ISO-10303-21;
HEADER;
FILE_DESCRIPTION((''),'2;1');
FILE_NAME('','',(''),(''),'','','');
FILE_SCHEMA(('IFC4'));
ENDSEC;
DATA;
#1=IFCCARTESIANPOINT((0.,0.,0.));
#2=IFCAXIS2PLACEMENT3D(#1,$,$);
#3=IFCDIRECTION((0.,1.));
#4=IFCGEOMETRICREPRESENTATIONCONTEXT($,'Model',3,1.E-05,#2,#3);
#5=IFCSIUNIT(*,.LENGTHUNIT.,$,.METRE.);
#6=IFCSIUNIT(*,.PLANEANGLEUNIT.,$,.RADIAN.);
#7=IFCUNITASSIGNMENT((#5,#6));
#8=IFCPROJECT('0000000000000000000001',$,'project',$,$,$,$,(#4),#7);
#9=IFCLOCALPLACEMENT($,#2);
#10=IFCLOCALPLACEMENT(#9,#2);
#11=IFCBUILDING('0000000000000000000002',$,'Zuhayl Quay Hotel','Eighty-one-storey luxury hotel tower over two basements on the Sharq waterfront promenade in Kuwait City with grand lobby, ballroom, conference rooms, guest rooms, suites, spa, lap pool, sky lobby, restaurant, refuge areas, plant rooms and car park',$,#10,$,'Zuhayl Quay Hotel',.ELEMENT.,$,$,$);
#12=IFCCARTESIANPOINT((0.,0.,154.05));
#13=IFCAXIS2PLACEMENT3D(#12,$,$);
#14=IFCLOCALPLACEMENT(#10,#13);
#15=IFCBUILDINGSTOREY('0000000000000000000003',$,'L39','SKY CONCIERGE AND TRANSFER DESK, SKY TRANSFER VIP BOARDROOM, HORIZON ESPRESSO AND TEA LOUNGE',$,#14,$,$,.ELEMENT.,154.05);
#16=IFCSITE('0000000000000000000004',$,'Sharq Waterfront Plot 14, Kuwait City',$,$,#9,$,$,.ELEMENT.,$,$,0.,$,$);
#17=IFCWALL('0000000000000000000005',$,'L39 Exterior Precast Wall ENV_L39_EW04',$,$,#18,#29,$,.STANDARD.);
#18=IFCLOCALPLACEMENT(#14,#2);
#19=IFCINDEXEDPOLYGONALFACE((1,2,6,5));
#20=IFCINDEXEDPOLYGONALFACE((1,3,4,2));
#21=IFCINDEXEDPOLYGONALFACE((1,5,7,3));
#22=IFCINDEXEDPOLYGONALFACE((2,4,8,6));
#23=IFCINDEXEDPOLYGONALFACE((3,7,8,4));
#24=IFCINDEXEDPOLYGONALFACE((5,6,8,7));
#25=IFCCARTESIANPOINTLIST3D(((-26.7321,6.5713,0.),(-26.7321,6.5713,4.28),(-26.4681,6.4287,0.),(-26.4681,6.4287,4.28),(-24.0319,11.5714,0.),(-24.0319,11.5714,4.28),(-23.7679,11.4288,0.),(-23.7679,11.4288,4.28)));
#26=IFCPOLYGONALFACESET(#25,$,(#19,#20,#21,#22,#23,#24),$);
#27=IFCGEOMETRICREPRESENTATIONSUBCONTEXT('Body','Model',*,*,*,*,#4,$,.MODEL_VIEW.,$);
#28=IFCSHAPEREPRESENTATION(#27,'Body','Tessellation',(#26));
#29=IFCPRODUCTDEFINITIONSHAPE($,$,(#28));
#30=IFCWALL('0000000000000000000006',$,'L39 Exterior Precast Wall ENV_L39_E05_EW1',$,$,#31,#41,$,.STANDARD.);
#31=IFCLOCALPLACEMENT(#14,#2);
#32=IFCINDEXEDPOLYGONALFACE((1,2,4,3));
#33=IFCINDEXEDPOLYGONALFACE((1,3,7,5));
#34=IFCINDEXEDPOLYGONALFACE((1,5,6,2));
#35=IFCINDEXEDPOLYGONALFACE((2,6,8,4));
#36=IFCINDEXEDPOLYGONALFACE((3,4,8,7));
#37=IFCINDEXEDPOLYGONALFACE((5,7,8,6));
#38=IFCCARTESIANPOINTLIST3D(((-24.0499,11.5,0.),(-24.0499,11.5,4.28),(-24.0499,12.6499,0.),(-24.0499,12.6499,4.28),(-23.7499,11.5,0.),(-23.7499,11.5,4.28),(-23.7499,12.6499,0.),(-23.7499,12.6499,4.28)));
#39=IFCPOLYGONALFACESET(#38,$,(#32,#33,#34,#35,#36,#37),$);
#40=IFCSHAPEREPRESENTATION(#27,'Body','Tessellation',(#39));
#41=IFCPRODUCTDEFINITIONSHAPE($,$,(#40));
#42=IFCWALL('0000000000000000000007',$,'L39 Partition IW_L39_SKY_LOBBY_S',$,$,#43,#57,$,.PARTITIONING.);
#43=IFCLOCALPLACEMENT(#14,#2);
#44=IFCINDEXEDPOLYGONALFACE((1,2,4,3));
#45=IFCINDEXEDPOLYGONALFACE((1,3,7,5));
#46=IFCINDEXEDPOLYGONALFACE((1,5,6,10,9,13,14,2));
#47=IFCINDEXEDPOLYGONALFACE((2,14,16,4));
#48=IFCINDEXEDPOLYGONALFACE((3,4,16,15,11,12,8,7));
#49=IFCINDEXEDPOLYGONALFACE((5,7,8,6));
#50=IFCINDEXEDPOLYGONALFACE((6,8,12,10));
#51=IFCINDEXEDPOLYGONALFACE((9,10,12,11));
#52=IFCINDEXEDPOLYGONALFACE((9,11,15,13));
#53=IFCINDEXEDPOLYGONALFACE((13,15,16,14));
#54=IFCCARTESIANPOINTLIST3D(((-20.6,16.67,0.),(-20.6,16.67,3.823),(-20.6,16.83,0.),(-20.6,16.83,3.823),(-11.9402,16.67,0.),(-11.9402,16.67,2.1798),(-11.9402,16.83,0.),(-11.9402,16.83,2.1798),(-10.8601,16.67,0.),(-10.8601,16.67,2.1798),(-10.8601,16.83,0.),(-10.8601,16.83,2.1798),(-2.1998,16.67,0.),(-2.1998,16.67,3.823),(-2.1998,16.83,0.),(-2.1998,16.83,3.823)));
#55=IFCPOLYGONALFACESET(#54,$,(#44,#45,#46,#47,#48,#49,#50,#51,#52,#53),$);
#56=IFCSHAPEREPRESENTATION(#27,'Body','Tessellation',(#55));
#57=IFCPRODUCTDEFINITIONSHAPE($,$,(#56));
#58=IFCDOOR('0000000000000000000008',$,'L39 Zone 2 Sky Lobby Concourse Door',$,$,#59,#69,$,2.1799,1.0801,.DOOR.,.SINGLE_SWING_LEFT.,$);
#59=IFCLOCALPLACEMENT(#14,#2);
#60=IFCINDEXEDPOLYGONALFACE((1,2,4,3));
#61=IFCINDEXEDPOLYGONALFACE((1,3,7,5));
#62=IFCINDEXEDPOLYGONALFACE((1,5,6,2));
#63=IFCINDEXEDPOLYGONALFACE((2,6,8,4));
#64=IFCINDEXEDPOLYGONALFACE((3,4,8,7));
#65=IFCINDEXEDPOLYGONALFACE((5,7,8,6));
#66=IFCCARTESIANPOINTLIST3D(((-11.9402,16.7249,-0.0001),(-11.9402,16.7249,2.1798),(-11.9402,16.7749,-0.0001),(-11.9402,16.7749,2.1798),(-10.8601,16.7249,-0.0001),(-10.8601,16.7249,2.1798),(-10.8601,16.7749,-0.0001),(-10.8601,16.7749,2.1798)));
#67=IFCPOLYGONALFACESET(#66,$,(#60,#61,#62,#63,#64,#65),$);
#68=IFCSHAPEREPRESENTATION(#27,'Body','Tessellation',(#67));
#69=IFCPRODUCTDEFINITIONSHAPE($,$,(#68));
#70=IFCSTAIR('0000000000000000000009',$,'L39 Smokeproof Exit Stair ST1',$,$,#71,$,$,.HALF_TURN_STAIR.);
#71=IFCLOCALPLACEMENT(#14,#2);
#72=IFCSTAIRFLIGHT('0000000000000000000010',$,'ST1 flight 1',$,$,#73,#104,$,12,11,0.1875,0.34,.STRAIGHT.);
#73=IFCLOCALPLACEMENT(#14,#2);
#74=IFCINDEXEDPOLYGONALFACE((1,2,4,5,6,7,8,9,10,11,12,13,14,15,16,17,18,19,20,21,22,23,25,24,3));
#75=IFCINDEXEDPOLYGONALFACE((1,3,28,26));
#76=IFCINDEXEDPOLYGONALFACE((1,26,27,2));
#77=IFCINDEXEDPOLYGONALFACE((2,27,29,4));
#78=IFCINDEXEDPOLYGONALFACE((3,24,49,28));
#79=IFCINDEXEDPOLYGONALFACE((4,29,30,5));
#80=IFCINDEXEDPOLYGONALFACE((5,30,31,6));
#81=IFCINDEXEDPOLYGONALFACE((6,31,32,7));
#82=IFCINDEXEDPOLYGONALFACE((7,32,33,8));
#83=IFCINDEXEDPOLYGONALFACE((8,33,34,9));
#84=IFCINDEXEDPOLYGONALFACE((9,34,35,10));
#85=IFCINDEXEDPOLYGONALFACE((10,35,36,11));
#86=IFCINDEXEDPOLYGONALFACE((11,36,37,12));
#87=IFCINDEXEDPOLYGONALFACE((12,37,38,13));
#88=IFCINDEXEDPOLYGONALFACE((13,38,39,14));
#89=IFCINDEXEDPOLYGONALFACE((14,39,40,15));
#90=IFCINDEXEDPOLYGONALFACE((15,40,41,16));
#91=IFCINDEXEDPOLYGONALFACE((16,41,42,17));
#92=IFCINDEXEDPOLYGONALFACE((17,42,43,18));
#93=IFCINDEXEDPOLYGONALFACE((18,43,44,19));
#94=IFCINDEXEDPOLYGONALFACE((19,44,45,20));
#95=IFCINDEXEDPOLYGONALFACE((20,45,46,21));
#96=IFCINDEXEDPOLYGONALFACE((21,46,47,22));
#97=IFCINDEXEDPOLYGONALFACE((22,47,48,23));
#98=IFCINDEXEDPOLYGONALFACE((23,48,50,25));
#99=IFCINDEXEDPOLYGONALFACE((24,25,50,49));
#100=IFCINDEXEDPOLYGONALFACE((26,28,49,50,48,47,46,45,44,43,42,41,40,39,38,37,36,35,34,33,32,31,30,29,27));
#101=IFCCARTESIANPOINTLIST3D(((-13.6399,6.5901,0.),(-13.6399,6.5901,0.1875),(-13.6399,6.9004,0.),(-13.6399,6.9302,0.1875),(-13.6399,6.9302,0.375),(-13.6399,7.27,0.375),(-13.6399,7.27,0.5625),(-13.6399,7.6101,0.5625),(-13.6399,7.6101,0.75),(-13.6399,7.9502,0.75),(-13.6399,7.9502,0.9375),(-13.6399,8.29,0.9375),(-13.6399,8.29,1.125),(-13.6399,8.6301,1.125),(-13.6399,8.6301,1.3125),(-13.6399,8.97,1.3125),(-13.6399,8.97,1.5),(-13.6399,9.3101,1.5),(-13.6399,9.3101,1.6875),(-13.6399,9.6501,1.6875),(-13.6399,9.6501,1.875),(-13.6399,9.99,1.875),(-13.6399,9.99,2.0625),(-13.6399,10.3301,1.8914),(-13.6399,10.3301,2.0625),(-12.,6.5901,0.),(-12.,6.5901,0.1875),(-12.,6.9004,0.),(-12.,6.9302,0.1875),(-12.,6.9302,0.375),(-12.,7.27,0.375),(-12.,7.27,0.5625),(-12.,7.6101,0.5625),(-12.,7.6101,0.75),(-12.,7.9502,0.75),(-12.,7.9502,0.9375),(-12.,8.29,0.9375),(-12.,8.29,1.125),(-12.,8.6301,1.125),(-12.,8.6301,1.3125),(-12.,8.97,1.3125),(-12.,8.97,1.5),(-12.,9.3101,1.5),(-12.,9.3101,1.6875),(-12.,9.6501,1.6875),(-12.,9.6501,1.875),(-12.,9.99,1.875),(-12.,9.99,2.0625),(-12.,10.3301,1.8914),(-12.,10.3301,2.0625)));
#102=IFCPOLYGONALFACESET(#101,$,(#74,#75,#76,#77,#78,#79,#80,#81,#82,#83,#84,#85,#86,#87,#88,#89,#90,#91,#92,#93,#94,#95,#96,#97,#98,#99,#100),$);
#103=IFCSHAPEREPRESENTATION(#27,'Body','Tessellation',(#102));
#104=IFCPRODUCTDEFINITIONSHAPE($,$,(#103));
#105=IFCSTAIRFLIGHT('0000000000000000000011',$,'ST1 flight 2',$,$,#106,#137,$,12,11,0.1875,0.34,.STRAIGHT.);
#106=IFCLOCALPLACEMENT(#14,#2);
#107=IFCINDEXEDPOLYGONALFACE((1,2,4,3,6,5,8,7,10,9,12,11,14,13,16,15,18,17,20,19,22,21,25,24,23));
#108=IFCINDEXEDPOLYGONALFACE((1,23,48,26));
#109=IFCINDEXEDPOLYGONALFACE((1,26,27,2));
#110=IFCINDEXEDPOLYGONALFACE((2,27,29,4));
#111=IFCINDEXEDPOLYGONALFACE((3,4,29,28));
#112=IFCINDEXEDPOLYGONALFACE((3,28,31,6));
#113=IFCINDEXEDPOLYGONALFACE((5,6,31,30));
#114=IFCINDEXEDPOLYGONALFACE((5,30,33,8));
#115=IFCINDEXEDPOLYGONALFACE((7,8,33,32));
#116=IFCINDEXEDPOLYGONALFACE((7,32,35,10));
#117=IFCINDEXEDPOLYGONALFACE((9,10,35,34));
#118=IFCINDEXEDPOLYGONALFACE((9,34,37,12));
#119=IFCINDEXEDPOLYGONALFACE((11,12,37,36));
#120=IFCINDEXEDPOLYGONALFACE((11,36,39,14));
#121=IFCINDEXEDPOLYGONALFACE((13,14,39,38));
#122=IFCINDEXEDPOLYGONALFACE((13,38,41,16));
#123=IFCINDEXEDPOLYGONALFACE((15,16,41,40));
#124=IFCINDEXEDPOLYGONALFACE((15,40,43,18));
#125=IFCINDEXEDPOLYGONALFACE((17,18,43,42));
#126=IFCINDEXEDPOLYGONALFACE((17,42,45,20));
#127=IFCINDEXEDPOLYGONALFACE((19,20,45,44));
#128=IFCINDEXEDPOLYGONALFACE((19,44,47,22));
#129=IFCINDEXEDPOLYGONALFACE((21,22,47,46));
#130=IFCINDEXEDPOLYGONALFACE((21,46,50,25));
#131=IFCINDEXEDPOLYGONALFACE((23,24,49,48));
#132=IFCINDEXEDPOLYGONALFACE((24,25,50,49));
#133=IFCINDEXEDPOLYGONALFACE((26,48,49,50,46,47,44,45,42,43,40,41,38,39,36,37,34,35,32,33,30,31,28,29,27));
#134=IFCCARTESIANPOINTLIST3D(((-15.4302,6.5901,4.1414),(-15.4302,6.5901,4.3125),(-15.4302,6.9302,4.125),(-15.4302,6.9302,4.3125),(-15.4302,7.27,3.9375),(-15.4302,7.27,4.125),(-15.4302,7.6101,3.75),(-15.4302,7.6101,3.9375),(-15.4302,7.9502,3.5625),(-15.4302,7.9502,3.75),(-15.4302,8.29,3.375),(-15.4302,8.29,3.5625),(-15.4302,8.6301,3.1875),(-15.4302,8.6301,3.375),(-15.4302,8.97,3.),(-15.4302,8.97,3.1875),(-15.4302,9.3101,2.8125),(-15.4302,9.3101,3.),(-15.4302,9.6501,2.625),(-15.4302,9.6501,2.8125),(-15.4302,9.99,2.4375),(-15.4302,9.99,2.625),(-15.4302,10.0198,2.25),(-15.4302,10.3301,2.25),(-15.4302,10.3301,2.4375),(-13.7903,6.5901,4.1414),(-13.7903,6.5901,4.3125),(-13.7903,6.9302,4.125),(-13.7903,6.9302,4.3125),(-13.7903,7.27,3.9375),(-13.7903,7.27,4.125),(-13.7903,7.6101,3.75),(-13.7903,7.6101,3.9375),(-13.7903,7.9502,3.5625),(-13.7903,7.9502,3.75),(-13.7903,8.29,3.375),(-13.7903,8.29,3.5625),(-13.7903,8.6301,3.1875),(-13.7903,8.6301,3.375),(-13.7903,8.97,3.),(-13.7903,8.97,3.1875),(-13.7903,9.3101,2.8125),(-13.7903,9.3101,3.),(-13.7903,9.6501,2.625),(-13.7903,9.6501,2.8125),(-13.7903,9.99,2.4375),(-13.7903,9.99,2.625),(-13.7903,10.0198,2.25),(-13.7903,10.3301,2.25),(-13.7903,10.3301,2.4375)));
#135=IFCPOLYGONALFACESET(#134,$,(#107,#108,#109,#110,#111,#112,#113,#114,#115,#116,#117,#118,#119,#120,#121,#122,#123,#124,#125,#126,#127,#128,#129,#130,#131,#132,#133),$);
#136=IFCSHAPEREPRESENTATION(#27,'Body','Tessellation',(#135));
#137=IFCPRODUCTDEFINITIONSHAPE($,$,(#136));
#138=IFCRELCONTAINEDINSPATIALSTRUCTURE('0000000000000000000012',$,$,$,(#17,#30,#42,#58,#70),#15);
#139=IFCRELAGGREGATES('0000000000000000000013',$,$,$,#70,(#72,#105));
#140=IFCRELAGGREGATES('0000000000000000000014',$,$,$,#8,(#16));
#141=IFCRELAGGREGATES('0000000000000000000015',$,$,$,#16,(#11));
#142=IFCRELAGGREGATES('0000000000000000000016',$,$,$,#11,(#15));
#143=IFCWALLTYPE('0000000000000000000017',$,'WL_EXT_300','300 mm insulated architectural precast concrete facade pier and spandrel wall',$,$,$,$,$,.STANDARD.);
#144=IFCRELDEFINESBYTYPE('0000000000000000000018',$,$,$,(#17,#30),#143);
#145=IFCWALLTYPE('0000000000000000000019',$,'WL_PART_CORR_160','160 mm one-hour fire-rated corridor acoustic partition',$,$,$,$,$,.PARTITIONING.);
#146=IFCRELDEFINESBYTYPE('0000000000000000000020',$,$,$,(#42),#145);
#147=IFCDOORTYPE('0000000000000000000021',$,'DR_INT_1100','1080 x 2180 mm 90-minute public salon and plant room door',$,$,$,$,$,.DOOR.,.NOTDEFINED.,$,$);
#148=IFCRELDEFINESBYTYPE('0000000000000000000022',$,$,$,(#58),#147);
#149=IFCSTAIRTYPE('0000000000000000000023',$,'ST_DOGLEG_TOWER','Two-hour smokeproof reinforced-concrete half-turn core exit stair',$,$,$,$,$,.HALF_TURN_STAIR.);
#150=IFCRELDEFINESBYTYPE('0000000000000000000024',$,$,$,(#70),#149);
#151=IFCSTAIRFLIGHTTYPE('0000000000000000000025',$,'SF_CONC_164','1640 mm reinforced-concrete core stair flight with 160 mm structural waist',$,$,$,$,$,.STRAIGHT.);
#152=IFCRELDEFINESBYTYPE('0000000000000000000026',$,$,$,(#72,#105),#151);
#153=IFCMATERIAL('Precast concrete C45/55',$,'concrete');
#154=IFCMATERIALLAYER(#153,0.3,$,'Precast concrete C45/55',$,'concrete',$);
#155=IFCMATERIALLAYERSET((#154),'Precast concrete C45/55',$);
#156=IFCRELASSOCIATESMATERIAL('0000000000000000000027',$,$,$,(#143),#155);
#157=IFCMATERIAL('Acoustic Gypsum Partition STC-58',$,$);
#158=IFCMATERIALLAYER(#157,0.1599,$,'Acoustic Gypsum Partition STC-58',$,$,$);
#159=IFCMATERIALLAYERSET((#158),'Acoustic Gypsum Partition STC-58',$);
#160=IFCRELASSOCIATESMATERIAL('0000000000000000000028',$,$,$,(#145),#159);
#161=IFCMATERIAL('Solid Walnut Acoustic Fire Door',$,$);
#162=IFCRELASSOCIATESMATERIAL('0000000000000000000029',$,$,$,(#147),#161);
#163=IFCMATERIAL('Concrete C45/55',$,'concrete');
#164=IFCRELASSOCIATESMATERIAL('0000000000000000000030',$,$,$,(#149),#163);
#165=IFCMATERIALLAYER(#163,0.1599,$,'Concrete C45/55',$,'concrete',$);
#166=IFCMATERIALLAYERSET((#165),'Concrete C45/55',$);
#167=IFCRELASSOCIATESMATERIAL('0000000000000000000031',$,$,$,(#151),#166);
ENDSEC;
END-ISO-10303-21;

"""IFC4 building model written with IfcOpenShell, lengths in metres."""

from ifc_helpers import new_model, si_unit, direction, frame, frame_2d, origin, place, context, subcontext, project, spatial, polyline, rectangle, outline, extrude, material, layer, layer_set, type_object, element, fill, aggregate, save


model = new_model("IFC4")

# Units and contexts
model_context = context("Model", 3, precision=1e-05, world=origin(), true_north=direction((0.0, 1.0)))
body_context = subcontext(model_context, "Body", "Model", "MODEL_VIEW")
ifc_project = project(units=[si_unit("LENGTHUNIT", "METRE"), si_unit("PLANEANGLEUNIT", "RADIAN")], contexts=[model_context])

# Site, building, storey
site_placement = place(None, origin())
site = spatial("IfcSite", under=ifc_project, at=site_placement, Name="Sharq Waterfront Plot 14, Kuwait City", CompositionType="ELEMENT", RefElevation=0.0)
building_placement = place(site_placement, origin())
building = spatial("IfcBuilding", under=site, at=building_placement, Name="Zuhayl Quay Hotel", Description="Eighty-one-storey luxury hotel tower over two basements on the Sharq waterfront promenade in Kuwait City with grand lobby, ballroom, conference rooms, guest rooms, suites, spa, lap pool, sky lobby, restaurant, refuge areas, plant rooms and car park", LongName="Zuhayl Quay Hotel", CompositionType="ELEMENT")
storey_placement = place(building_placement, frame((0.0, 0.0, 154.05)))
storey = spatial("IfcBuildingStorey", under=building, at=storey_placement, Name="L39", Description="SKY CONCIERGE AND TRANSFER DESK, SKY TRANSFER VIP BOARDROOM, HORIZON ESPRESSO AND TEA LOUNGE", CompositionType="ELEMENT", Elevation=154.05)

# Walls
ifc_material_1 = material(Name="Precast concrete C45/55", Category="concrete")
ifc_layer_1 = layer(ifc_material_1, 0.3, Name="Precast concrete C45/55", Category="concrete")
ifc_layer_set_1 = layer_set([ifc_layer_1], Name="Precast concrete C45/55")
wall_type_1 = type_object("IfcWallType", Name="WL_EXT_300", Description="300 mm insulated architectural precast concrete facade pier and spandrel wall", PredefinedType="STANDARD", material=ifc_layer_set_1)
wall_1_placement = place(storey_placement, frame((-26.6001, 6.5, 0.0), z_axis=(0.0, 0.0, 1.0), x_axis=(0.475176, 0.879891, 0.0)))
element("IfcWall", 1, at=wall_1_placement, inside=storey, type_object=wall_type_1, Name="L39 Exterior Precast Wall ENV_L39_EW04", PredefinedType="STANDARD", context=body_context, shape_type="SweptSolid", body=[
    extrude(rectangle(XDim=5.6826, YDim=0.3, at=frame_2d((2.8413, 0.0))), origin(), (0.0, 0.0, 1.0), 4.28),
])
wall_2_placement = place(storey_placement, frame((-23.8999, 11.5, 0.0), z_axis=(0.0, 0.0, 1.0), x_axis=(0.0, 1.0, 0.0)))
element("IfcWall", 2, at=wall_2_placement, inside=storey, type_object=wall_type_1, Name="L39 Exterior Precast Wall ENV_L39_E05_EW1", PredefinedType="STANDARD", context=body_context, shape_type="SweptSolid", body=[
    extrude(rectangle(XDim=1.1499, YDim=0.3, at=frame_2d((0.575, 0.0))), origin(), (0.0, 0.0, 1.0), 4.28),
])

# Wall, opening, door
ifc_material_2 = material(Name="Acoustic Gypsum Partition STC-58")
ifc_layer_2 = layer(ifc_material_2, 0.1599, Name="Acoustic Gypsum Partition STC-58")
ifc_layer_set_2 = layer_set([ifc_layer_2], Name="Acoustic Gypsum Partition STC-58")
wall_type_2 = type_object("IfcWallType", Name="WL_PART_CORR_160", Description="160 mm one-hour fire-rated corridor acoustic partition", PredefinedType="PARTITIONING", material=ifc_layer_set_2)
wall_3_placement = place(storey_placement, frame((-20.6001, 16.75, 0.0), z_axis=(0.0, 0.0, 1.0), x_axis=(1.0, 0.0, 0.0)))
wall_3 = element("IfcWall", 3, at=wall_3_placement, inside=storey, type_object=wall_type_2, Name="L39 Partition IW_L39_SKY_LOBBY_S", PredefinedType="PARTITIONING", context=body_context, shape_type="SweptSolid", body=[
    extrude(rectangle(XDim=18.4001, YDim=0.1599, at=frame_2d((9.2002, 0.0))), origin(), (0.0, 0.0, 1.0), 3.823),
])
opening_placement = place(wall_3_placement, frame((8.6599, 0.0, 0.0)))
opening = element("IfcOpeningElement", 4, at=opening_placement, cuts=wall_3, PredefinedType="OPENING", context=body_context, shape_type="SweptSolid", body=[
    extrude(rectangle(XDim=1.0801, YDim=2.1799, at=frame_2d((0.54, 1.0898))), frame((0.0, 0.0898, 0.0), z_axis=(0.0, -1.0, 0.0), x_axis=(1.0, 0.0, 0.0)), (0.0, 0.0, 1.0), 0.1799),
])
ifc_material_3 = material(Name="Solid Walnut Acoustic Fire Door")
door_type = type_object("IfcDoorType", Name="DR_INT_1100", Description="1080 x 2180 mm 90-minute public salon and plant room door", OperationType="NOTDEFINED", PredefinedType="DOOR", material=ifc_material_3)
door_placement = place(opening_placement, origin())
door = element("IfcDoor", 5, at=door_placement, inside=storey, type_object=door_type, Name="L39 Zone 2 Sky Lobby Concourse Door", OperationType="SINGLE_SWING_LEFT", OverallHeight=2.1799, OverallWidth=1.0801, PredefinedType="DOOR", context=body_context, shape_type="SweptSolid", body=[
    extrude(rectangle(XDim=1.0801, YDim=2.1799, at=frame_2d((0.54, 1.0898))), frame((0.0, 0.0249, 0.0), z_axis=(0.0, -1.0, 0.0), x_axis=(1.0, 0.0, 0.0)), (0.0, 0.0, 1.0), 0.05),
])
fill(opening, door)

# Stair, stair flights
ifc_material_4 = material(Name="Concrete C45/55", Category="concrete")
stair_type = type_object("IfcStairType", Name="ST_DOGLEG_TOWER", Description="Two-hour smokeproof reinforced-concrete half-turn core exit stair", PredefinedType="HALF_TURN_STAIR", material=ifc_material_4)
stair_placement = place(storey_placement, origin())
stair = element("IfcStair", 6, at=stair_placement, inside=storey, type_object=stair_type, Name="L39 Smokeproof Exit Stair ST1", PredefinedType="HALF_TURN_STAIR")
ifc_layer_3 = layer(ifc_material_4, 0.1599, Name="Concrete C45/55", Category="concrete")
ifc_layer_set_3 = layer_set([ifc_layer_3], Name="Concrete C45/55")
stair_flight_type = type_object("IfcStairFlightType", Name="SF_CONC_164", Description="1640 mm reinforced-concrete core stair flight with 160 mm structural waist", PredefinedType="STRAIGHT", material=ifc_layer_set_3)
stair_flight_1_placement = place(storey_placement, frame((-12.8201, 6.5901, 0.0), z_axis=(0.0, 0.0, 1.0), x_axis=(0.0, 1.0, 0.0)))
stair_flight_1 = element("IfcStairFlight", 7, at=stair_flight_1_placement, type_object=stair_flight_type, Name="ST1 flight 1", NumberOfRisers=12, NumberOfTreads=11, PredefinedType="STRAIGHT", RiserHeight=0.1875, TreadLength=0.34, context=body_context, shape_type="SweptSolid", body=[
    extrude(outline(polyline([(0.0, 0.0), (0.0, 0.1875), (0.3401, 0.1875), (0.3401, 0.375), (0.6799, 0.375), (0.6799, 0.5625), (1.02, 0.5625), (1.02, 0.75), (1.3601, 0.75), (1.3601, 0.9375), (1.7, 0.9375), (1.7, 1.125), (2.04, 1.125), (2.04, 1.3125), (2.3799, 1.3125), (2.3799, 1.5), (2.72, 1.5), (2.72, 1.6875), (3.0601, 1.6875), (3.0601, 1.875), (3.3999, 1.875), (3.3999, 2.0625), (3.74, 2.0625), (3.74, 2.25), (3.74, 1.8914), (0.3103, 0.0), (0.0, 0.0)])), frame((0.0, 0.8198, 0.0), z_axis=(0.0, -1.0, 0.0), x_axis=(1.0, 0.0, 0.0)), (0.0, 0.0, 1.0), 1.6399),
])
stair_flight_2_placement = place(storey_placement, frame((-14.6101, 10.3301, 2.25), z_axis=(0.0, 0.0, 1.0), x_axis=(0.0, -1.0, 0.0)))
stair_flight_2 = element("IfcStairFlight", 8, at=stair_flight_2_placement, type_object=stair_flight_type, Name="ST1 flight 2", NumberOfRisers=12, NumberOfTreads=11, PredefinedType="STRAIGHT", RiserHeight=0.1875, TreadLength=0.34, context=body_context, shape_type="SweptSolid", body=[
    extrude(outline(polyline([(0.0, 0.0), (0.0, 0.1875), (0.3401, 0.1875), (0.3401, 0.375), (0.6799, 0.375), (0.6799, 0.5625), (1.02, 0.5625), (1.02, 0.75), (1.3601, 0.75), (1.3601, 0.9375), (1.7, 0.9375), (1.7, 1.125), (2.04, 1.125), (2.04, 1.3125), (2.3799, 1.3125), (2.3799, 1.5), (2.72, 1.5), (2.72, 1.6875), (3.0601, 1.6875), (3.0601, 1.875), (3.3999, 1.875), (3.3999, 2.0625), (3.74, 2.0625), (3.74, 2.25), (3.74, 1.8914), (0.3103, 0.0), (0.0, 0.0)])), frame((0.0, 0.8198, 0.0), z_axis=(0.0, -1.0, 0.0), x_axis=(1.0, 0.0, 0.0)), (0.0, 0.0, 1.0), 1.6399),
])
aggregate(stair, [stair_flight_1, stair_flight_2])

save(model, "model.ifc")
